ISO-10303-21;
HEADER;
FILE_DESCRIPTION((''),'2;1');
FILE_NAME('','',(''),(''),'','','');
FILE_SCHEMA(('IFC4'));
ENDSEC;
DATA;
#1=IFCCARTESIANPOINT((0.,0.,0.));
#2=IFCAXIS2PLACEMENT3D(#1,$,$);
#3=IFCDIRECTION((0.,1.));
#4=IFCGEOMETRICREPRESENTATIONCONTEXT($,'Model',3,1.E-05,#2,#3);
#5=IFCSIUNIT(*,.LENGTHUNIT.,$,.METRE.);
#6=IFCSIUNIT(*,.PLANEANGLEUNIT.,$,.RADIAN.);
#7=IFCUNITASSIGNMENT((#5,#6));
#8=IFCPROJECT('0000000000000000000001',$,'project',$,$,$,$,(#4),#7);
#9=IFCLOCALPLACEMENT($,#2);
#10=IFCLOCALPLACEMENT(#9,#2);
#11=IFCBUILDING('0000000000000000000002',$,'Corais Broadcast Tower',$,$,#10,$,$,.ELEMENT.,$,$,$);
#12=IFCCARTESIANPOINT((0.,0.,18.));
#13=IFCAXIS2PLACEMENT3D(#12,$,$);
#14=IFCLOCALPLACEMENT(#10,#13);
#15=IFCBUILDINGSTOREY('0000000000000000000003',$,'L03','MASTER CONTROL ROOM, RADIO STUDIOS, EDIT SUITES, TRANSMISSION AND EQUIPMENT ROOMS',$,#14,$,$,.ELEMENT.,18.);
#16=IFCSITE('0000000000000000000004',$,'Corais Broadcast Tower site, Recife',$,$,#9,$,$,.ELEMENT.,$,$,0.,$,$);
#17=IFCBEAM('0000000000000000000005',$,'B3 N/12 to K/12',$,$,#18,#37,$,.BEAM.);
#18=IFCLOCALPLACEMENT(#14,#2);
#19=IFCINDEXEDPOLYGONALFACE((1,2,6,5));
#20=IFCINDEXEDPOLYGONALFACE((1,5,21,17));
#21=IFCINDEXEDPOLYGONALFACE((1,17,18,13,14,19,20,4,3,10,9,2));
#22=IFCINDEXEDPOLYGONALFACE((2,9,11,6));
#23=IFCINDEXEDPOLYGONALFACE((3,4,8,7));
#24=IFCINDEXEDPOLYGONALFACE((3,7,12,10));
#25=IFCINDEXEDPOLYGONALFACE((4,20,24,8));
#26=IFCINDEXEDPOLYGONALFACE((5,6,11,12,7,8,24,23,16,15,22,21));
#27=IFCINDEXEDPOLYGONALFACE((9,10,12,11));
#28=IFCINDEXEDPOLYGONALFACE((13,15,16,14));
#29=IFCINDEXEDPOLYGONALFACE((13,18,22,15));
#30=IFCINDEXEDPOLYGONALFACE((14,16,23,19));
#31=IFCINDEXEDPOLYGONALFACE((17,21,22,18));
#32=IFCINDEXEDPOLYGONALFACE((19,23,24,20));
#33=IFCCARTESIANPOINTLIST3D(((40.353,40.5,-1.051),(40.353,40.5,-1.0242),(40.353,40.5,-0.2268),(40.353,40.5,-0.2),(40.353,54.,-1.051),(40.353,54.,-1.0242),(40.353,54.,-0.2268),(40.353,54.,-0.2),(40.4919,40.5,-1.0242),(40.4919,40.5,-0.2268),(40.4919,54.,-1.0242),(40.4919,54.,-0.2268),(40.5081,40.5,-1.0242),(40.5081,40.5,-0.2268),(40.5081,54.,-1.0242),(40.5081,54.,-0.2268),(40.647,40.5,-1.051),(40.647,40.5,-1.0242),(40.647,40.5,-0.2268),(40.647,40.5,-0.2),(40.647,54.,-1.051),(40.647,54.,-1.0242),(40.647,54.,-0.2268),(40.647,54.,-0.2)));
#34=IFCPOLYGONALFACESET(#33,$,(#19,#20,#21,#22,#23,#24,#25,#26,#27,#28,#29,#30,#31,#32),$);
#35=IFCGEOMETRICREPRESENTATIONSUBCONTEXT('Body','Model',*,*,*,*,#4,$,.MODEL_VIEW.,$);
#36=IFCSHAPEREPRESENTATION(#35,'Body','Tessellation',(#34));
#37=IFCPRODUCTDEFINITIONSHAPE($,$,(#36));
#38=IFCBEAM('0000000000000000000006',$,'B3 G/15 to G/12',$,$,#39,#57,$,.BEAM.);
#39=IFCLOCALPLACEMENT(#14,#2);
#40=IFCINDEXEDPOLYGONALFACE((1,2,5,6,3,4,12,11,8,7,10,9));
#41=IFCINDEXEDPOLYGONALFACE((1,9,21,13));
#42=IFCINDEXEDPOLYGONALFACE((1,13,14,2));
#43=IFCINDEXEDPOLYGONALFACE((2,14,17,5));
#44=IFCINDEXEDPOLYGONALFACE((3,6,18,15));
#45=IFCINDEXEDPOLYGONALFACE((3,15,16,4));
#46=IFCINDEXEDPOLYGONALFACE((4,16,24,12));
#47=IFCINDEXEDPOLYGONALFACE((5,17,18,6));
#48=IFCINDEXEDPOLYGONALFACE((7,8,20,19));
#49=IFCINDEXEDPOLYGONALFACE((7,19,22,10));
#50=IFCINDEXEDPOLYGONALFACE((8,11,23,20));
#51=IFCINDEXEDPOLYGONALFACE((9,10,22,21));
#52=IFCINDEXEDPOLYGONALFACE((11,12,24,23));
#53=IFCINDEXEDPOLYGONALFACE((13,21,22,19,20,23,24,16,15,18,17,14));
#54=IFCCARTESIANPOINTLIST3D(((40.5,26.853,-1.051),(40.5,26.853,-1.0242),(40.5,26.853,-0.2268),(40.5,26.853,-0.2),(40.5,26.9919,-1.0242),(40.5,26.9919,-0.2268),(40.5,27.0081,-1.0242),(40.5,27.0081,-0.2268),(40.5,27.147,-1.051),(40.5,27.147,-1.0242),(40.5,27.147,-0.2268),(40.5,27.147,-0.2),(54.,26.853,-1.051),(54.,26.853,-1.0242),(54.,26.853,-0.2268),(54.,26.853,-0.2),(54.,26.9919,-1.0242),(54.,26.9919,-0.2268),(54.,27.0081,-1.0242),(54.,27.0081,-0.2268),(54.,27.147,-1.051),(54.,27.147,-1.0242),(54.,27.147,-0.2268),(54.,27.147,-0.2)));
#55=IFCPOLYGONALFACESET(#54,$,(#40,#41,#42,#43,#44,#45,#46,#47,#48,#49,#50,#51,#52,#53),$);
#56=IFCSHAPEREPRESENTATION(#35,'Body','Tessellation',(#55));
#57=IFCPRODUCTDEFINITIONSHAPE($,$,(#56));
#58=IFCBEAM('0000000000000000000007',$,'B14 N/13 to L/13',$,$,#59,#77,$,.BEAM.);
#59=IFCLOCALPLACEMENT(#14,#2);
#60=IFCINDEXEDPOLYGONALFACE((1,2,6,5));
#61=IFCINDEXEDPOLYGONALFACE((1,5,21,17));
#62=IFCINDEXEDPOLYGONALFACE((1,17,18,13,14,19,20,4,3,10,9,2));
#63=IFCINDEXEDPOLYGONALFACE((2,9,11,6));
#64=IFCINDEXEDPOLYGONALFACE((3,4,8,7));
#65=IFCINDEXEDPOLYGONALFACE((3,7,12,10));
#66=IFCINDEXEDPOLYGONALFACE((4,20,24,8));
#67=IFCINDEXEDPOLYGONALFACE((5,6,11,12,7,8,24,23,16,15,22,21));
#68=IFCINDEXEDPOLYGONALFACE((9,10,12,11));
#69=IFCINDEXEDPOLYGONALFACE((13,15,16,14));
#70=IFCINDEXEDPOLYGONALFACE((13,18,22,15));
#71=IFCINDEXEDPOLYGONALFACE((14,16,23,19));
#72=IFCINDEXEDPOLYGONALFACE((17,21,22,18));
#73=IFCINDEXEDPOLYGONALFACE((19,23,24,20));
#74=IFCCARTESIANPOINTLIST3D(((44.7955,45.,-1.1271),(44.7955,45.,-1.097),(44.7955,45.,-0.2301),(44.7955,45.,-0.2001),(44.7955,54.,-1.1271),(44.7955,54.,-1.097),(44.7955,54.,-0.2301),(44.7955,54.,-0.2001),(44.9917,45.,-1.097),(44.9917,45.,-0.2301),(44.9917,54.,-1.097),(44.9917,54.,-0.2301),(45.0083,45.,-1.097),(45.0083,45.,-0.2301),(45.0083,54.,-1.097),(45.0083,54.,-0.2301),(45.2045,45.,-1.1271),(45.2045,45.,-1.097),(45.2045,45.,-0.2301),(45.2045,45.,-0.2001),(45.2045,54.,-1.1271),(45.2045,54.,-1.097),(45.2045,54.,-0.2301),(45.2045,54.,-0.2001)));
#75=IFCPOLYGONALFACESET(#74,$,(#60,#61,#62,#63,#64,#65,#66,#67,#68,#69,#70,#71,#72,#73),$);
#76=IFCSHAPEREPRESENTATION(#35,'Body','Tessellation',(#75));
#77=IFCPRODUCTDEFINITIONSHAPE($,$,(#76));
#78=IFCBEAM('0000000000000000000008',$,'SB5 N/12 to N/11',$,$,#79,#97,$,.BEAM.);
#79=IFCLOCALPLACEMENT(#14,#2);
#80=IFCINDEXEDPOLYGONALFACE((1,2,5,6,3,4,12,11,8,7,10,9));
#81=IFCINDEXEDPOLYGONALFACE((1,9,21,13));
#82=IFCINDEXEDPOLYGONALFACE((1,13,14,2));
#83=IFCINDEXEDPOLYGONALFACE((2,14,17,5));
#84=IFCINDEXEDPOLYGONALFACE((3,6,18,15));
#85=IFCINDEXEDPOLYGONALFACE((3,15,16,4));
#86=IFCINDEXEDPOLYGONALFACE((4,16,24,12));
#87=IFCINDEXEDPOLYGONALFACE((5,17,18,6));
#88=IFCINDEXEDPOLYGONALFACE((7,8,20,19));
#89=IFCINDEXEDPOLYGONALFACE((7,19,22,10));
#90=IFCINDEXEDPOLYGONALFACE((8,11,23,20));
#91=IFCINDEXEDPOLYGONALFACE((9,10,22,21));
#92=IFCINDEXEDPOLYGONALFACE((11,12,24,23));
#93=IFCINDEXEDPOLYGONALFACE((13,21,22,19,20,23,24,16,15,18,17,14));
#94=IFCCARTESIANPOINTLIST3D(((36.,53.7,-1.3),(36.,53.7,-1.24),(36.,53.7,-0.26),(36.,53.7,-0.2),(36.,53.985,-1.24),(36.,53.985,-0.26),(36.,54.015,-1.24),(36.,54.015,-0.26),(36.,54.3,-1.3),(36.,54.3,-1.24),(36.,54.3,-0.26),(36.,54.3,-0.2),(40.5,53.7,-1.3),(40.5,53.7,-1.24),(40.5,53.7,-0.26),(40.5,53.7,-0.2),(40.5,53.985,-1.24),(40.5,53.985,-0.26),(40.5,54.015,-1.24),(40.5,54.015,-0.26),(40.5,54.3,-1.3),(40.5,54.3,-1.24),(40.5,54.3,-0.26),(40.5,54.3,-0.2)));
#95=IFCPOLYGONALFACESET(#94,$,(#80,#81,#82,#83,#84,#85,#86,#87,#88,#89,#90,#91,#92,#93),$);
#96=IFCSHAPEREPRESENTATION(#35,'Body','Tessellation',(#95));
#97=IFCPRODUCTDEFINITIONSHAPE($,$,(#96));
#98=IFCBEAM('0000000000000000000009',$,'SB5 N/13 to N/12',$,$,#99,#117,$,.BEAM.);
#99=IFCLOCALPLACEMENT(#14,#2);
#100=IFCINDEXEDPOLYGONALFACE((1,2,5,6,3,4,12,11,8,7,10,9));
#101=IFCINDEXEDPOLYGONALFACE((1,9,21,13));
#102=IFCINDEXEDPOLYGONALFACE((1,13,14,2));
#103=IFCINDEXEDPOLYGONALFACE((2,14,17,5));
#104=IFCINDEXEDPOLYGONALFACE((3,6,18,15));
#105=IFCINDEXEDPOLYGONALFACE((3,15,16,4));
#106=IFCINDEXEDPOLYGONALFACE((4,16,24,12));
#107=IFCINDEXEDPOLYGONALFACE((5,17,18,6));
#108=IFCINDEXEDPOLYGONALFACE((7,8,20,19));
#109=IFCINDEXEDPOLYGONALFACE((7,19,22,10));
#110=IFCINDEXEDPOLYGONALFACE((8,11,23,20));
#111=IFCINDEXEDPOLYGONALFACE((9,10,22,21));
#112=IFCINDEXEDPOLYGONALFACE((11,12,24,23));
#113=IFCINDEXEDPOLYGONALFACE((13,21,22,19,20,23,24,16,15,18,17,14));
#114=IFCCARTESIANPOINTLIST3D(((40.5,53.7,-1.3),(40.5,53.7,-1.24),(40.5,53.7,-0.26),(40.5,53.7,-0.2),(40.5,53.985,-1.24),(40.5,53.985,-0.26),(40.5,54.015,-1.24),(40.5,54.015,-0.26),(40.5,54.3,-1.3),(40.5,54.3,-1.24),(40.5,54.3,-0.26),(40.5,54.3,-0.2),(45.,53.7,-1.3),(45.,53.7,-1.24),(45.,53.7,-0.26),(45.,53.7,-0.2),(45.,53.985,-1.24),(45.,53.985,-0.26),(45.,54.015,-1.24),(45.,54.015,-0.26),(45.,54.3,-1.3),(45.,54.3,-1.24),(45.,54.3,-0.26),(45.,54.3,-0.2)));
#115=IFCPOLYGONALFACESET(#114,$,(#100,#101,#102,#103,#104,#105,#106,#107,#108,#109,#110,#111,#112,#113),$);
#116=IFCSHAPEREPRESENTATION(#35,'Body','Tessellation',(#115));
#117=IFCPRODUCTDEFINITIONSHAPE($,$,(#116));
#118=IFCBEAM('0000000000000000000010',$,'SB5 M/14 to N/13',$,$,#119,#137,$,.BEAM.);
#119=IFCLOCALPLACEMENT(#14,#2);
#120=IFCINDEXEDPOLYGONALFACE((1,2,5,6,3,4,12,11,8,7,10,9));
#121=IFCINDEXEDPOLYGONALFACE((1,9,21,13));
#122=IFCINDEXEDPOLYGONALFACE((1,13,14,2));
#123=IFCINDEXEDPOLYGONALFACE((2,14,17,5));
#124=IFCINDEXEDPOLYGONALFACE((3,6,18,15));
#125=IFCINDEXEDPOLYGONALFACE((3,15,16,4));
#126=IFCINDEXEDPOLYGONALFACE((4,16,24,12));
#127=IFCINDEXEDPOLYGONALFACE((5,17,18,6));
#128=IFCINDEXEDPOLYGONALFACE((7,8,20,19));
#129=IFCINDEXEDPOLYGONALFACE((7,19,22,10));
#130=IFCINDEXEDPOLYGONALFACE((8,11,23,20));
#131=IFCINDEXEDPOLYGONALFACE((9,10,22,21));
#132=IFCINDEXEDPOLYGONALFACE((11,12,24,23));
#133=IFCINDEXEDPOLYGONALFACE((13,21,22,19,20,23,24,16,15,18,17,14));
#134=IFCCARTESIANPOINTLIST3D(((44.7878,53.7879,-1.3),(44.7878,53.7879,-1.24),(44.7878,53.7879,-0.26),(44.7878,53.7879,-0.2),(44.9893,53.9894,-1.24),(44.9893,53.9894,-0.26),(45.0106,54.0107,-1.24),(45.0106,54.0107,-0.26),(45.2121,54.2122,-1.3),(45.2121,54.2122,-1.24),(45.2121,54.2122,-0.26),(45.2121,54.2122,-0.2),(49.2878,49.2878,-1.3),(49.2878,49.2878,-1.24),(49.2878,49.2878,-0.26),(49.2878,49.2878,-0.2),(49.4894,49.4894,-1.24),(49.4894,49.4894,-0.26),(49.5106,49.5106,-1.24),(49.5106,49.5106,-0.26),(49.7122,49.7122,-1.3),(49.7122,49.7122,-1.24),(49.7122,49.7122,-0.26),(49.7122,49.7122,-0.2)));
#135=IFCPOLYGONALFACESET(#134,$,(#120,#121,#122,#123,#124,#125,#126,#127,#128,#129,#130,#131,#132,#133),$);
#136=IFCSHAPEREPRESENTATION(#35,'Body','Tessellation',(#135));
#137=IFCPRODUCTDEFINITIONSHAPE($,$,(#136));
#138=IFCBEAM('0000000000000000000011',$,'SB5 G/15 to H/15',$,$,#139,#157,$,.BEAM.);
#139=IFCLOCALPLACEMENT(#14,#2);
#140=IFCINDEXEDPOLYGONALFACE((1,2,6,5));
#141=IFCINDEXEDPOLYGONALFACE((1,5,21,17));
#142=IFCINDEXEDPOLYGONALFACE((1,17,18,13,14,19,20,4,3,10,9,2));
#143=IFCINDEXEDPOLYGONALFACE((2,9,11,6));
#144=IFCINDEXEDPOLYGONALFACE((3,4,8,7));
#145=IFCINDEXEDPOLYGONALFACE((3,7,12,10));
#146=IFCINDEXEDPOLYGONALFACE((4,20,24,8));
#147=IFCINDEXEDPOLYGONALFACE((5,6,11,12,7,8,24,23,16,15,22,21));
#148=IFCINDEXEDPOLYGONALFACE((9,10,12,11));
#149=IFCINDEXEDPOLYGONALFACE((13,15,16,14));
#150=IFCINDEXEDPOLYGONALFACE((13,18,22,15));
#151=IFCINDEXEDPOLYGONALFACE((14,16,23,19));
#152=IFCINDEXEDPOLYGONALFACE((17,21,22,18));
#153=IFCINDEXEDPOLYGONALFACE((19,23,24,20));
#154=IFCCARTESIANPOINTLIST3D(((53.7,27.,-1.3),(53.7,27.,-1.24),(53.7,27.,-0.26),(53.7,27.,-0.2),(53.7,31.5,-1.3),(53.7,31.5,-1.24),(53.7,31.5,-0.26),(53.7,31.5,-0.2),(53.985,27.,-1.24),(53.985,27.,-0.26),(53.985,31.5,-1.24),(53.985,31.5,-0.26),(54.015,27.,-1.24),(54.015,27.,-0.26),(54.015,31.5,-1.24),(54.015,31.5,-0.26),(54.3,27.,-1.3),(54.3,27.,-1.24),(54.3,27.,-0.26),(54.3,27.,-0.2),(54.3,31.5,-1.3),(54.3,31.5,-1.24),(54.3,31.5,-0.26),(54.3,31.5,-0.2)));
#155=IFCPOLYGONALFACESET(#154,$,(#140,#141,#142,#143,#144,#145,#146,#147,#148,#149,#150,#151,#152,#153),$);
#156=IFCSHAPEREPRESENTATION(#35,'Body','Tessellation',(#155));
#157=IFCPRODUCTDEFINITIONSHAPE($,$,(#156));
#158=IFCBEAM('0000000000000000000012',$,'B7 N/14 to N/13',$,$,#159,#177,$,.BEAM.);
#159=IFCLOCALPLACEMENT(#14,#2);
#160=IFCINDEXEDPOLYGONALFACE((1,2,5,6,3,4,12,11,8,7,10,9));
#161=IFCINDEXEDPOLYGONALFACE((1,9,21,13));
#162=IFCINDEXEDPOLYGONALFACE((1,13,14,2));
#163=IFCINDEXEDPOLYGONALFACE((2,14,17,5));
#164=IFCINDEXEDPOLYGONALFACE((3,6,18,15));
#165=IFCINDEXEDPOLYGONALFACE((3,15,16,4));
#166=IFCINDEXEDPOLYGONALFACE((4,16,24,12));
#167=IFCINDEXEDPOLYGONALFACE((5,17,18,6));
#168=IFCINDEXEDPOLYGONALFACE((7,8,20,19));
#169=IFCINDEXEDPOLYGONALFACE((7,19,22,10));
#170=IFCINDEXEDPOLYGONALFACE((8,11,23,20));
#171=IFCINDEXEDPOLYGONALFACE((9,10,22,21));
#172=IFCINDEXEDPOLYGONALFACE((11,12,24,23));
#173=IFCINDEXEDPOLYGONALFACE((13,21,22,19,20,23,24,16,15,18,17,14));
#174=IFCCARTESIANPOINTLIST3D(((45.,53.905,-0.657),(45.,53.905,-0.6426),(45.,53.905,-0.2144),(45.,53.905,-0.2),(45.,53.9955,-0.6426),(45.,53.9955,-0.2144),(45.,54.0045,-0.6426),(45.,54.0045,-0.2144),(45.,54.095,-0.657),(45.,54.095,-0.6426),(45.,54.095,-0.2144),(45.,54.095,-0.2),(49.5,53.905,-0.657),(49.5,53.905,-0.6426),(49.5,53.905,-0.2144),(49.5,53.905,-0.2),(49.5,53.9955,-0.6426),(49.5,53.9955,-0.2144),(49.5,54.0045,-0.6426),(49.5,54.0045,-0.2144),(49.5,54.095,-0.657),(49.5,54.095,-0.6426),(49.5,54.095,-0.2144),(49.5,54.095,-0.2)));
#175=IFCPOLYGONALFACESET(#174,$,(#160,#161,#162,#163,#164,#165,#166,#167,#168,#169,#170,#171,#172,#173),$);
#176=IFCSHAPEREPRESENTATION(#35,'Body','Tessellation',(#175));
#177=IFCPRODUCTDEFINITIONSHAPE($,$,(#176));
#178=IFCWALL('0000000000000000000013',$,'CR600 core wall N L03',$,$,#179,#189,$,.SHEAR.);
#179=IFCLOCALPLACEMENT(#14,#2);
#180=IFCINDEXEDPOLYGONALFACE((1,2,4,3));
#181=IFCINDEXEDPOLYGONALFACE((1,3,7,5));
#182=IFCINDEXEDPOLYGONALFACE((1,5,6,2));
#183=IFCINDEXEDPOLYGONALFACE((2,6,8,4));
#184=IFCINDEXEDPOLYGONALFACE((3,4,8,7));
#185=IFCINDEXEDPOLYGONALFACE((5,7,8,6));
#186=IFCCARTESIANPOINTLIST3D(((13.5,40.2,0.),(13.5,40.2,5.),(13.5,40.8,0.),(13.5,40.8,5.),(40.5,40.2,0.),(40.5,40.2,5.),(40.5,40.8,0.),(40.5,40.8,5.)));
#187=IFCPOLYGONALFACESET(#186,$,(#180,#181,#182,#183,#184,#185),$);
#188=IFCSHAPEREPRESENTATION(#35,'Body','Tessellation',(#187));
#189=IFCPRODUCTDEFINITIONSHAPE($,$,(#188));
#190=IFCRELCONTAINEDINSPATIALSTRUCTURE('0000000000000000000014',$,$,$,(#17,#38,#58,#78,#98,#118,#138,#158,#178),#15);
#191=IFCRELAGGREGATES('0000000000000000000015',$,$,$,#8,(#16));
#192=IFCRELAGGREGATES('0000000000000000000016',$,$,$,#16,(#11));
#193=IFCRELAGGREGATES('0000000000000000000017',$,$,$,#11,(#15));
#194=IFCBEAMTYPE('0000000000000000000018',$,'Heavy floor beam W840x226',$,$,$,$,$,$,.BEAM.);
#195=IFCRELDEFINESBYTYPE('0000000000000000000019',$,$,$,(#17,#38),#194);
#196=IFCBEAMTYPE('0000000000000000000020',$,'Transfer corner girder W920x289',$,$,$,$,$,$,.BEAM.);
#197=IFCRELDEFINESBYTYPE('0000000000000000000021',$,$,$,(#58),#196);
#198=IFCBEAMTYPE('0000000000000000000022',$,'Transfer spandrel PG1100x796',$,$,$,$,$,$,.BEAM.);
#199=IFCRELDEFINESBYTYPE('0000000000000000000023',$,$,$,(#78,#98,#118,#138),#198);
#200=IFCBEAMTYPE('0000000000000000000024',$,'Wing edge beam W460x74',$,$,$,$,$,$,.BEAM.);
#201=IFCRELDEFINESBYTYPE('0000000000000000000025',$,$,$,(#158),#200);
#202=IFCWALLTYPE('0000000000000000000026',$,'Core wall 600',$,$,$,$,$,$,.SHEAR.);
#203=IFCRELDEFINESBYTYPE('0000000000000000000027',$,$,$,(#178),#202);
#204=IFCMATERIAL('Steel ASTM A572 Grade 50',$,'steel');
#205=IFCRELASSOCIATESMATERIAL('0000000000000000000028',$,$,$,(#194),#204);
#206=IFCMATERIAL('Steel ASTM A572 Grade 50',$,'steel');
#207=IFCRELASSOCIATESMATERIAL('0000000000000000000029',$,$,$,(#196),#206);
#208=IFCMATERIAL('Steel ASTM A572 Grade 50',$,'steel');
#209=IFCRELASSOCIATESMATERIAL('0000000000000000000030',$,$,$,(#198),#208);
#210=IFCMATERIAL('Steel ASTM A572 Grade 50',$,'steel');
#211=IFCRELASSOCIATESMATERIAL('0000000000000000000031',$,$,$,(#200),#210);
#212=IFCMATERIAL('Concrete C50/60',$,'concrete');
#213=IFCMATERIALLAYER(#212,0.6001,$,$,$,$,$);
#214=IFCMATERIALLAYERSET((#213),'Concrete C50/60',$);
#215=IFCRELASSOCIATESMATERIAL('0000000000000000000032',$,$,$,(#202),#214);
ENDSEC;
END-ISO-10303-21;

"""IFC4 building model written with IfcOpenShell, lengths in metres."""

from ifc_helpers import new_model, si_unit, direction, frame, frame_2d, origin, origin_2d, place, context, subcontext, project, spatial, rectangle, i_section, extrude, material, layer, layer_set, material_profile, profile_set, type_object, element, save


model = new_model("IFC4")

# Units and contexts
model_context = context("Model", 3, precision=1e-05, world=origin(), true_north=direction((0.0, 1.0)))
body_context = subcontext(model_context, "Body", "Model", "MODEL_VIEW")
ifc_project = project(units=[si_unit("LENGTHUNIT", "METRE"), si_unit("PLANEANGLEUNIT", "RADIAN")], contexts=[model_context])

# Site, building, storey
site_placement = place(None, origin())
site = spatial("IfcSite", under=ifc_project, at=site_placement, Name="Corais Broadcast Tower site, Recife", CompositionType="ELEMENT", RefElevation=0.0)
building_placement = place(site_placement, origin())
building = spatial("IfcBuilding", under=site, at=building_placement, Name="Corais Broadcast Tower", CompositionType="ELEMENT")
storey_placement = place(building_placement, frame((0.0, 0.0, 18.0)))
storey = spatial("IfcBuildingStorey", under=building, at=storey_placement, Name="L03", Description="MASTER CONTROL ROOM, RADIO STUDIOS, EDIT SUITES, TRANSMISSION AND EQUIPMENT ROOMS", CompositionType="ELEMENT", Elevation=18.0)

# Beams
ifc_material_1 = material(Name="Steel ASTM A572 Grade 50", Category="steel")
ifc_material_profile_1 = material_profile(ifc_material_1, i_section(OverallWidth=0.2939, OverallDepth=0.8511, WebThickness=0.0161, FlangeThickness=0.0269, at=origin_2d()), Name="W840x226")
ifc_profile_set_1 = profile_set([ifc_material_profile_1], Name="Steel ASTM A572 Grade 50")
beam_type_1 = type_object("IfcBeamType", Name="Heavy floor beam W840x226", PredefinedType="BEAM", material=ifc_profile_set_1)
for number, where, z_axis, x_axis, name in (
    (1, (40.5, 54.0, -0.6255), (0.0, -1.0, 0.0), (1.0, 0.0, 0.0), "B3 N/12 to K/12"),
    (2, (54.0, 27.0, -0.6255), (-1.0, 0.0, 0.0), (0.0, -1.0, 0.0), "B3 G/15 to G/12"),
):
    element("IfcBeam", number, at=place(storey_placement, frame(where, z_axis=z_axis, x_axis=x_axis)), inside=storey, type_object=beam_type_1, Name=name, PredefinedType="BEAM", context=body_context, shape_type="SweptSolid", body=[
        extrude(i_section(OverallWidth=0.2939, OverallDepth=0.8511, WebThickness=0.0161, FlangeThickness=0.0269, at=origin_2d()), origin(), (0.0, 0.0, 1.0), 13.5),
    ])
ifc_material_2 = material(Name="Steel ASTM A572 Grade 50", Category="steel")
ifc_material_profile_2 = material_profile(ifc_material_2, i_section(OverallWidth=0.4089, OverallDepth=0.927, WebThickness=0.0166, FlangeThickness=0.03, at=origin_2d()), Name="W920x289")
ifc_profile_set_2 = profile_set([ifc_material_profile_2], Name="Steel ASTM A572 Grade 50")
beam_type_2 = type_object("IfcBeamType", Name="Transfer corner girder W920x289", PredefinedType="BEAM", material=ifc_profile_set_2)
beam_1_placement = place(storey_placement, frame((45.0, 54.0, -0.6636), z_axis=(0.0, -1.0, 0.0), x_axis=(1.0, 0.0, 0.0)))
element("IfcBeam", 3, at=beam_1_placement, inside=storey, type_object=beam_type_2, Name="B14 N/13 to L/13", PredefinedType="BEAM", context=body_context, shape_type="SweptSolid", body=[
    extrude(i_section(OverallWidth=0.4089, OverallDepth=0.927, WebThickness=0.0166, FlangeThickness=0.03, at=origin_2d()), origin(), (0.0, 0.0, 1.0), 9.0),
])
ifc_material_3 = material(Name="Steel ASTM A572 Grade 50", Category="steel")
ifc_material_profile_3 = material_profile(ifc_material_3, i_section(OverallWidth=0.6001, OverallDepth=1.1001, WebThickness=0.03, FlangeThickness=0.0601, at=origin_2d()), Name="PG1100x796")
ifc_profile_set_3 = profile_set([ifc_material_profile_3], Name="Steel ASTM A572 Grade 50")
beam_type_3 = type_object("IfcBeamType", Name="Transfer spandrel PG1100x796", PredefinedType="BEAM", material=ifc_profile_set_3)
for number, where, z_axis, x_axis, name in (
    (4, (40.5, 54.0, -0.75), (-1.0, 0.0, 0.0), (0.0, -1.0, 0.0), "SB5 N/12 to N/11"),
    (5, (45.0, 54.0, -0.75), (-1.0, 0.0, 0.0), (0.0, -1.0, 0.0), "SB5 N/13 to N/12"),
):
    element("IfcBeam", number, at=place(storey_placement, frame(where, z_axis=z_axis, x_axis=x_axis)), inside=storey, type_object=beam_type_3, Name=name, PredefinedType="BEAM", context=body_context, shape_type="SweptSolid", body=[
        extrude(i_section(OverallWidth=0.6001, OverallDepth=1.1001, WebThickness=0.03, FlangeThickness=0.0601, at=origin_2d()), origin(), (0.0, 0.0, 1.0), 4.5),
    ])
beam_2_placement = place(storey_placement, frame((49.5, 49.5, -0.75), z_axis=(-0.707107, 0.707107, 0.0), x_axis=(-0.707107, -0.707107, 0.0)))
element("IfcBeam", 6, at=beam_2_placement, inside=storey, type_object=beam_type_3, Name="SB5 M/14 to N/13", PredefinedType="BEAM", context=body_context, shape_type="SweptSolid", body=[
    extrude(i_section(OverallWidth=0.6001, OverallDepth=1.1001, WebThickness=0.03, FlangeThickness=0.0601, at=origin_2d()), origin(), (0.0, 0.0, 1.0), 6.364),
])
beam_3_placement = place(storey_placement, frame((54.0, 27.0, -0.75), z_axis=(0.0, 1.0, 0.0), x_axis=(-1.0, 0.0, 0.0)))
element("IfcBeam", 7, at=beam_3_placement, inside=storey, type_object=beam_type_3, Name="SB5 G/15 to H/15", PredefinedType="BEAM", context=body_context, shape_type="SweptSolid", body=[
    extrude(i_section(OverallWidth=0.6001, OverallDepth=1.1001, WebThickness=0.03, FlangeThickness=0.0601, at=origin_2d()), origin(), (0.0, 0.0, 1.0), 4.5),
])
ifc_material_4 = material(Name="Steel ASTM A572 Grade 50", Category="steel")
ifc_material_profile_4 = material_profile(ifc_material_4, i_section(OverallWidth=0.1899, OverallDepth=0.457, WebThickness=0.009, FlangeThickness=0.0144, at=origin_2d()), Name="W460x74")
ifc_profile_set_4 = profile_set([ifc_material_profile_4], Name="Steel ASTM A572 Grade 50")
beam_type_4 = type_object("IfcBeamType", Name="Wing edge beam W460x74", PredefinedType="BEAM", material=ifc_profile_set_4)
beam_4_placement = place(storey_placement, frame((49.5, 54.0, -0.4285), z_axis=(-1.0, 0.0, 0.0), x_axis=(0.0, -1.0, 0.0)))
element("IfcBeam", 8, at=beam_4_placement, inside=storey, type_object=beam_type_4, Name="B7 N/14 to N/13", PredefinedType="BEAM", context=body_context, shape_type="SweptSolid", body=[
    extrude(i_section(OverallWidth=0.1899, OverallDepth=0.457, WebThickness=0.009, FlangeThickness=0.0144, at=origin_2d()), origin(), (0.0, 0.0, 1.0), 4.5),
])

# Wall
ifc_material_5 = material(Name="Concrete C50/60", Category="concrete")
ifc_layer_1 = layer(ifc_material_5, 0.6001)
ifc_layer_set_1 = layer_set([ifc_layer_1], Name="Concrete C50/60")
wall_type_1 = type_object("IfcWallType", Name="Core wall 600", PredefinedType="SHEAR", material=ifc_layer_set_1)
wall_1_placement = place(storey_placement, frame((40.5, 40.5, 0.0), z_axis=(0.0, 0.0, 1.0), x_axis=(-1.0, 0.0, 0.0)))
element("IfcWall", 9, at=wall_1_placement, inside=storey, type_object=wall_type_1, Name="CR600 core wall N L03", PredefinedType="SHEAR", context=body_context, shape_type="SweptSolid", body=[
    extrude(rectangle(XDim=27.0, YDim=0.6001, at=frame_2d((13.5, 0.0))), origin(), (0.0, 0.0, 1.0), 5.0),
])

save(model, "model.ifc")
